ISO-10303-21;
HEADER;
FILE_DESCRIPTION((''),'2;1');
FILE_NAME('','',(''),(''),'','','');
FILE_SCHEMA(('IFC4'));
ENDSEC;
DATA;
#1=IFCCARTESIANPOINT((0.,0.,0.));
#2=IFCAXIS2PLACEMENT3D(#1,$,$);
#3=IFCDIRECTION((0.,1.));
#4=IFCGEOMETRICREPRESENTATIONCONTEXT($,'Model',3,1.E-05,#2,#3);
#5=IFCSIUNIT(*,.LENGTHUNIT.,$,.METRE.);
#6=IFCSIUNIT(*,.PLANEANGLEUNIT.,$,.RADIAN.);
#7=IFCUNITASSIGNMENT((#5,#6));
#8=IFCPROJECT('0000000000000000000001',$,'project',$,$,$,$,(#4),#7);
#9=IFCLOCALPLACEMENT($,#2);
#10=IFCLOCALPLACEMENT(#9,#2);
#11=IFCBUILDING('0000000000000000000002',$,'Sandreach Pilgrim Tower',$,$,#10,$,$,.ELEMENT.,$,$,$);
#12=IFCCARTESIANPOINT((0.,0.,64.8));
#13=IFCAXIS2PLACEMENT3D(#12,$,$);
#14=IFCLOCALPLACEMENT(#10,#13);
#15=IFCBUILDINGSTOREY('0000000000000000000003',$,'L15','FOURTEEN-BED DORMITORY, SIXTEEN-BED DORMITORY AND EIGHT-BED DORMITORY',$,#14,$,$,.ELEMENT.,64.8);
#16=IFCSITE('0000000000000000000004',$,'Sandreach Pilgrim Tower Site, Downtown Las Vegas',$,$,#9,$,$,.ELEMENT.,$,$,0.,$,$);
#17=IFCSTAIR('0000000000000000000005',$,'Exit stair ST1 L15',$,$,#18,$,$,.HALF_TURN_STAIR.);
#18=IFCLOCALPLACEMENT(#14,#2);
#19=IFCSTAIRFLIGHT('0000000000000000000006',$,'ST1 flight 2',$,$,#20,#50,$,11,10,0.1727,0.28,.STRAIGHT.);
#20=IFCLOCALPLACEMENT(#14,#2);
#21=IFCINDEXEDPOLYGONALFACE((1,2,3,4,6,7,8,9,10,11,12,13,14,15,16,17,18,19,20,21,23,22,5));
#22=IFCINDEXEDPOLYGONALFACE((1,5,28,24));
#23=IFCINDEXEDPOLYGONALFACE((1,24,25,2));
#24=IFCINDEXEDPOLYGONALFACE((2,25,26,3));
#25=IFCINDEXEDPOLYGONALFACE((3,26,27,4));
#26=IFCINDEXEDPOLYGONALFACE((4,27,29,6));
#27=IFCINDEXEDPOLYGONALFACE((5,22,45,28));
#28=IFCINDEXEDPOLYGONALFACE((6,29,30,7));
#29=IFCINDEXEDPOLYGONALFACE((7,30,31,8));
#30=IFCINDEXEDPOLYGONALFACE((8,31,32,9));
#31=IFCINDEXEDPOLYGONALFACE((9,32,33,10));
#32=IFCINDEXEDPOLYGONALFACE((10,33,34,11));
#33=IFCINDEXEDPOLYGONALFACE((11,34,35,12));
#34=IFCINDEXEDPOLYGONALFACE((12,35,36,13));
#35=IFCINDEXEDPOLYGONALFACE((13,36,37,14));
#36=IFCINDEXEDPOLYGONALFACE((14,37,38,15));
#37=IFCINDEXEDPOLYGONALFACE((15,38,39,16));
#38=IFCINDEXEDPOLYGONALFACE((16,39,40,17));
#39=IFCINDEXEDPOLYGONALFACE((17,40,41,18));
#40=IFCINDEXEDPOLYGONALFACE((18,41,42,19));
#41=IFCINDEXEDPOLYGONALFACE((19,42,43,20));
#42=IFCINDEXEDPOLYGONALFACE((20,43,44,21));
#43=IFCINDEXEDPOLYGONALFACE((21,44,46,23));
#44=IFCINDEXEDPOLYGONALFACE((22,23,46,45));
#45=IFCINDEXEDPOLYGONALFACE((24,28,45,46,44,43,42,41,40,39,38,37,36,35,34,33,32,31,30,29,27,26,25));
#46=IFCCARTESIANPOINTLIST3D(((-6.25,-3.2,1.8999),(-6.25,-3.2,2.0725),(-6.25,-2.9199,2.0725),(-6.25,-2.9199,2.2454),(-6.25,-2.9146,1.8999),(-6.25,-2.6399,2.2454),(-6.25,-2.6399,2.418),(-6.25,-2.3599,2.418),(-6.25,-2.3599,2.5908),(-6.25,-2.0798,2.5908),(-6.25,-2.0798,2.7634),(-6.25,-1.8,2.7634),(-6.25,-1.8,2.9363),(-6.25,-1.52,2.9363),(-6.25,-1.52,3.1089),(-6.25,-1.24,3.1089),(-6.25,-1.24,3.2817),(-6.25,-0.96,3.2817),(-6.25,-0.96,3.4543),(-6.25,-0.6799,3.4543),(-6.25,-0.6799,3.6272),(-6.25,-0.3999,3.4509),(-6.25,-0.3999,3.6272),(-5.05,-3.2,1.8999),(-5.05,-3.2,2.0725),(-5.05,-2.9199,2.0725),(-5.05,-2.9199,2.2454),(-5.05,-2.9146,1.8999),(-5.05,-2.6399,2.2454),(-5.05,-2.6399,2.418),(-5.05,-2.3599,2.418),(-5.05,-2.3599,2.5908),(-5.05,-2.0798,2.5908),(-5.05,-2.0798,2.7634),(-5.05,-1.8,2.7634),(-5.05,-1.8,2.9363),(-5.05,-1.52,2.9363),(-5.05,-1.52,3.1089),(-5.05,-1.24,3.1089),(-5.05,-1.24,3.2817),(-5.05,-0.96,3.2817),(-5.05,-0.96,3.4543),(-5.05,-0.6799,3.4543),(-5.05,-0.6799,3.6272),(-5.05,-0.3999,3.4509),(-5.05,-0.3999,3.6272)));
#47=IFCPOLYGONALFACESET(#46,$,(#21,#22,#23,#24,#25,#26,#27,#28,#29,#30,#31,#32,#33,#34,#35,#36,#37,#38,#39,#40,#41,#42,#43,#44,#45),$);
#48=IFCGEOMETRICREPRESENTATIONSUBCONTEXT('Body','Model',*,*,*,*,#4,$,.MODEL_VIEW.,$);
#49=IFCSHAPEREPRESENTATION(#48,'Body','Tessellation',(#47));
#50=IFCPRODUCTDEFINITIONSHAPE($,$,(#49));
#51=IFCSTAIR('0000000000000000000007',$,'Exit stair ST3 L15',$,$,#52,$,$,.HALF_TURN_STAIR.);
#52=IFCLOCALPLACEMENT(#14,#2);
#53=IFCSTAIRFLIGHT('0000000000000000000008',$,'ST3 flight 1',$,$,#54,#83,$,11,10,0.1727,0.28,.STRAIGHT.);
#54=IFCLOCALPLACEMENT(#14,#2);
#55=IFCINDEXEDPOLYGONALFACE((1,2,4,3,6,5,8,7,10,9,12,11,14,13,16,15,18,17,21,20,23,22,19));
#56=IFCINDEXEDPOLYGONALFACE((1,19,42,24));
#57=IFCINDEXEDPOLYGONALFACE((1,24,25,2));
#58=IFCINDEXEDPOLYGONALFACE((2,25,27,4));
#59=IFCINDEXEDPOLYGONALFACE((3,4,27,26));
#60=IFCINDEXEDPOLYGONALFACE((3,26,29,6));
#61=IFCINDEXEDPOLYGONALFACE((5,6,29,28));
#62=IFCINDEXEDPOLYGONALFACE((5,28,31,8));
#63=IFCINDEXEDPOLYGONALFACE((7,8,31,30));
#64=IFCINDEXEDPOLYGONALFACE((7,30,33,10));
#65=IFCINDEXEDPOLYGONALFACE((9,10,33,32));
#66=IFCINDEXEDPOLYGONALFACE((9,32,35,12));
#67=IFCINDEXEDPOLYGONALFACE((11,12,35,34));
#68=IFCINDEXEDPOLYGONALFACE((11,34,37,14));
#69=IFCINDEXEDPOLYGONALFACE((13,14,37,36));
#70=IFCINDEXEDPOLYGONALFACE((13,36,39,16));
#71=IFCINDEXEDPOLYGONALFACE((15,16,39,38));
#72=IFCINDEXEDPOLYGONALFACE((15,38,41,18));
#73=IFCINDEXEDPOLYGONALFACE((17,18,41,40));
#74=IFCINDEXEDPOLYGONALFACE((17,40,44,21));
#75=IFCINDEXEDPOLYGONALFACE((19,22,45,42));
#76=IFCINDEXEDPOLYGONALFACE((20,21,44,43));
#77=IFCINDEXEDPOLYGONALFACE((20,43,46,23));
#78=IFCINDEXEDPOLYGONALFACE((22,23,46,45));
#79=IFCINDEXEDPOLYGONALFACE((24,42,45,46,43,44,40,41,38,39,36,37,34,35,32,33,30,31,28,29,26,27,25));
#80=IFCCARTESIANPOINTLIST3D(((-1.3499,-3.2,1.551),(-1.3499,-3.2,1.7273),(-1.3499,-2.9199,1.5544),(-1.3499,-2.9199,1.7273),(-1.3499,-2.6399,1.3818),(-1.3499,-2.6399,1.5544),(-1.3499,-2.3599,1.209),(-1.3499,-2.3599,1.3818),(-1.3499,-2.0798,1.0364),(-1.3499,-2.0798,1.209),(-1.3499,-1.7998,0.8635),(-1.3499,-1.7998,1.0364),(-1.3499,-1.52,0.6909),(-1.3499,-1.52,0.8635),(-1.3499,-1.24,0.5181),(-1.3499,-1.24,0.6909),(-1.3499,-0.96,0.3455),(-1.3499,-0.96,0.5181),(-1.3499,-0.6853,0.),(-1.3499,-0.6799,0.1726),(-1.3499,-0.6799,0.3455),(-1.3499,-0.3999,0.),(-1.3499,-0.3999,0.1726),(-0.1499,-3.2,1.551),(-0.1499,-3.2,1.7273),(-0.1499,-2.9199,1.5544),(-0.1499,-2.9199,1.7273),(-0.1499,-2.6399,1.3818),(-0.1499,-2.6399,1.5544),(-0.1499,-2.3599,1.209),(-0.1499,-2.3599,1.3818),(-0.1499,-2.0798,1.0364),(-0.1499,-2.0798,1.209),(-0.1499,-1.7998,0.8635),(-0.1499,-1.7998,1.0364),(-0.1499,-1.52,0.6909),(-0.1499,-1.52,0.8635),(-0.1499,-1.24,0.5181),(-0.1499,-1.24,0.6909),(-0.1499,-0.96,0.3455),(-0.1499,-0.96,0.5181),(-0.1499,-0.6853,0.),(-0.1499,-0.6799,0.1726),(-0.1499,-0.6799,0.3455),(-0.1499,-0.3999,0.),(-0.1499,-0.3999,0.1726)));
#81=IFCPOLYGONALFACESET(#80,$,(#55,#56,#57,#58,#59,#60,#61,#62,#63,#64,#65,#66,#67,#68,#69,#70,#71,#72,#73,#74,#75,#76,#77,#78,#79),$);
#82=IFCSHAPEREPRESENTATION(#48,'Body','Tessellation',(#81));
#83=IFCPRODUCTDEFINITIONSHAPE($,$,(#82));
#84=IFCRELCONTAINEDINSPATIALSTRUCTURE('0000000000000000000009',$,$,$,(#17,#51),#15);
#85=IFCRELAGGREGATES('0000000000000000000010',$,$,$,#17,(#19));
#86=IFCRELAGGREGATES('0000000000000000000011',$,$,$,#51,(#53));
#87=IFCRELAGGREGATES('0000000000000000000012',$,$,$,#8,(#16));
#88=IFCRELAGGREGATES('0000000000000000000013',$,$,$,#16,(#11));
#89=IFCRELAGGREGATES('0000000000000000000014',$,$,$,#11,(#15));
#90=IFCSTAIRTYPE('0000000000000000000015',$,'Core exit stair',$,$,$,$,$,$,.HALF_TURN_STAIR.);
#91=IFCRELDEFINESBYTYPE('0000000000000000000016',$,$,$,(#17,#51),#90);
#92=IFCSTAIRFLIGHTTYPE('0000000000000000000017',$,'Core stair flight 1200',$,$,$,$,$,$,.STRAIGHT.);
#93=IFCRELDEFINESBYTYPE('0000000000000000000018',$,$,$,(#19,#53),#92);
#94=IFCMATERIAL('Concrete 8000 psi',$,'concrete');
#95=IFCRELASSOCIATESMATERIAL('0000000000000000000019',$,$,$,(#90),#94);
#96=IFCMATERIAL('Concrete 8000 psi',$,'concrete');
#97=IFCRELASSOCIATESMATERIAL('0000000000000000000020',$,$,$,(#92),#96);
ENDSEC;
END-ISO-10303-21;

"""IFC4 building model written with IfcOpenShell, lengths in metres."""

from ifc_helpers import new_model, si_unit, direction, frame, origin, place, context, subcontext, project, spatial, polyline, outline, extrude, material, type_object, element, aggregate, save


model = new_model("IFC4")

# Units and contexts
model_context = context("Model", 3, precision=1e-05, world=origin(), true_north=direction((0.0, 1.0)))
body_context = subcontext(model_context, "Body", "Model", "MODEL_VIEW")
ifc_project = project(units=[si_unit("LENGTHUNIT", "METRE"), si_unit("PLANEANGLEUNIT", "RADIAN")], contexts=[model_context])

# Site, building, storey
site_placement = place(None, origin())
site = spatial("IfcSite", under=ifc_project, at=site_placement, Name="Sandreach Pilgrim Tower Site, Downtown Las Vegas", CompositionType="ELEMENT", RefElevation=0.0)
building_placement = place(site_placement, origin())
building = spatial("IfcBuilding", under=site, at=building_placement, Name="Sandreach Pilgrim Tower", CompositionType="ELEMENT")
storey_placement = place(building_placement, frame((0.0, 0.0, 64.8)))
storey = spatial("IfcBuildingStorey", under=building, at=storey_placement, Name="L15", Description="FOURTEEN-BED DORMITORY, SIXTEEN-BED DORMITORY AND EIGHT-BED DORMITORY", CompositionType="ELEMENT", Elevation=64.8)

# Stair, stair flight
ifc_material_1 = material(Name="Concrete 8000 psi", Category="concrete")
stair_type = type_object("IfcStairType", Name="Core exit stair", PredefinedType="HALF_TURN_STAIR", material=ifc_material_1)
stair_1_placement = place(storey_placement, origin())
stair_1 = element("IfcStair", 1, at=stair_1_placement, inside=storey, type_object=stair_type, Name="Exit stair ST1 L15", PredefinedType="HALF_TURN_STAIR")
ifc_material_2 = material(Name="Concrete 8000 psi", Category="concrete")
stair_flight_type = type_object("IfcStairFlightType", Name="Core stair flight 1200", PredefinedType="STRAIGHT", material=ifc_material_2)
stair_flight_1_placement = place(storey_placement, frame((-5.6499, -3.2, 1.8999), z_axis=(0.0, 0.0, 1.0), x_axis=(0.0, 1.0, 0.0)))
stair_flight_1 = element("IfcStairFlight", 2, at=stair_flight_1_placement, type_object=stair_flight_type, Name="ST1 flight 2", NumberOfRisers=11, NumberOfTreads=10, PredefinedType="STRAIGHT", RiserHeight=0.1727, TreadLength=0.28, context=body_context, shape_type="SweptSolid", body=[
    extrude(outline(polyline([(0.0, 0.0), (0.0, 0.1726), (0.28, 0.1726), (0.28, 0.3455), (0.5601, 0.3455), (0.5601, 0.5181), (0.8401, 0.5181), (0.8401, 0.6909), (1.1201, 0.6909), (1.1201, 0.8635), (1.3999, 0.8635), (1.3999, 1.0364), (1.6799, 1.0364), (1.6799, 1.209), (1.96, 1.209), (1.96, 1.3818), (2.24, 1.3818), (2.24, 1.5544), (2.52, 1.5544), (2.52, 1.7273), (2.8, 1.7273), (2.8, 1.8999), (2.8, 1.551), (0.2854, 0.0), (0.0, 0.0)])), frame((0.0, 0.6001, 0.0), z_axis=(0.0, -1.0, 0.0), x_axis=(1.0, 0.0, 0.0)), (0.0, 0.0, 1.0), 1.2),
])
aggregate(stair_1, [stair_flight_1])

# Stair, stair flight
stair_2_placement = place(storey_placement, origin())
stair_2 = element("IfcStair", 3, at=stair_2_placement, inside=storey, type_object=stair_type, Name="Exit stair ST3 L15", PredefinedType="HALF_TURN_STAIR")
stair_flight_2_placement = place(storey_placement, frame((-0.75, -0.3999, 0.0), z_axis=(0.0, 0.0, 1.0), x_axis=(0.0, -1.0, 0.0)))
stair_flight_2 = element("IfcStairFlight", 4, at=stair_flight_2_placement, type_object=stair_flight_type, Name="ST3 flight 1", NumberOfRisers=11, NumberOfTreads=10, PredefinedType="STRAIGHT", RiserHeight=0.1727, TreadLength=0.28, context=body_context, shape_type="SweptSolid", body=[
    extrude(outline(polyline([(0.0, 0.0), (0.0, 0.1726), (0.28, 0.1726), (0.28, 0.3455), (0.5601, 0.3455), (0.5601, 0.5181), (0.8401, 0.5181), (0.8401, 0.6909), (1.1201, 0.6909), (1.1201, 0.8635), (1.3999, 0.8635), (1.3999, 1.0364), (1.6799, 1.0364), (1.6799, 1.209), (1.96, 1.209), (1.96, 1.3818), (2.24, 1.3818), (2.24, 1.5544), (2.52, 1.5544), (2.52, 1.7273), (2.8, 1.7273), (2.8, 1.8999), (2.8, 1.551), (0.2854, 0.0), (0.0, 0.0)])), frame((0.0, 0.6001, 0.0), z_axis=(0.0, -1.0, 0.0), x_axis=(1.0, 0.0, 0.0)), (0.0, 0.0, 1.0), 1.2),
])
aggregate(stair_2, [stair_flight_2])

save(model, "model.ifc")
